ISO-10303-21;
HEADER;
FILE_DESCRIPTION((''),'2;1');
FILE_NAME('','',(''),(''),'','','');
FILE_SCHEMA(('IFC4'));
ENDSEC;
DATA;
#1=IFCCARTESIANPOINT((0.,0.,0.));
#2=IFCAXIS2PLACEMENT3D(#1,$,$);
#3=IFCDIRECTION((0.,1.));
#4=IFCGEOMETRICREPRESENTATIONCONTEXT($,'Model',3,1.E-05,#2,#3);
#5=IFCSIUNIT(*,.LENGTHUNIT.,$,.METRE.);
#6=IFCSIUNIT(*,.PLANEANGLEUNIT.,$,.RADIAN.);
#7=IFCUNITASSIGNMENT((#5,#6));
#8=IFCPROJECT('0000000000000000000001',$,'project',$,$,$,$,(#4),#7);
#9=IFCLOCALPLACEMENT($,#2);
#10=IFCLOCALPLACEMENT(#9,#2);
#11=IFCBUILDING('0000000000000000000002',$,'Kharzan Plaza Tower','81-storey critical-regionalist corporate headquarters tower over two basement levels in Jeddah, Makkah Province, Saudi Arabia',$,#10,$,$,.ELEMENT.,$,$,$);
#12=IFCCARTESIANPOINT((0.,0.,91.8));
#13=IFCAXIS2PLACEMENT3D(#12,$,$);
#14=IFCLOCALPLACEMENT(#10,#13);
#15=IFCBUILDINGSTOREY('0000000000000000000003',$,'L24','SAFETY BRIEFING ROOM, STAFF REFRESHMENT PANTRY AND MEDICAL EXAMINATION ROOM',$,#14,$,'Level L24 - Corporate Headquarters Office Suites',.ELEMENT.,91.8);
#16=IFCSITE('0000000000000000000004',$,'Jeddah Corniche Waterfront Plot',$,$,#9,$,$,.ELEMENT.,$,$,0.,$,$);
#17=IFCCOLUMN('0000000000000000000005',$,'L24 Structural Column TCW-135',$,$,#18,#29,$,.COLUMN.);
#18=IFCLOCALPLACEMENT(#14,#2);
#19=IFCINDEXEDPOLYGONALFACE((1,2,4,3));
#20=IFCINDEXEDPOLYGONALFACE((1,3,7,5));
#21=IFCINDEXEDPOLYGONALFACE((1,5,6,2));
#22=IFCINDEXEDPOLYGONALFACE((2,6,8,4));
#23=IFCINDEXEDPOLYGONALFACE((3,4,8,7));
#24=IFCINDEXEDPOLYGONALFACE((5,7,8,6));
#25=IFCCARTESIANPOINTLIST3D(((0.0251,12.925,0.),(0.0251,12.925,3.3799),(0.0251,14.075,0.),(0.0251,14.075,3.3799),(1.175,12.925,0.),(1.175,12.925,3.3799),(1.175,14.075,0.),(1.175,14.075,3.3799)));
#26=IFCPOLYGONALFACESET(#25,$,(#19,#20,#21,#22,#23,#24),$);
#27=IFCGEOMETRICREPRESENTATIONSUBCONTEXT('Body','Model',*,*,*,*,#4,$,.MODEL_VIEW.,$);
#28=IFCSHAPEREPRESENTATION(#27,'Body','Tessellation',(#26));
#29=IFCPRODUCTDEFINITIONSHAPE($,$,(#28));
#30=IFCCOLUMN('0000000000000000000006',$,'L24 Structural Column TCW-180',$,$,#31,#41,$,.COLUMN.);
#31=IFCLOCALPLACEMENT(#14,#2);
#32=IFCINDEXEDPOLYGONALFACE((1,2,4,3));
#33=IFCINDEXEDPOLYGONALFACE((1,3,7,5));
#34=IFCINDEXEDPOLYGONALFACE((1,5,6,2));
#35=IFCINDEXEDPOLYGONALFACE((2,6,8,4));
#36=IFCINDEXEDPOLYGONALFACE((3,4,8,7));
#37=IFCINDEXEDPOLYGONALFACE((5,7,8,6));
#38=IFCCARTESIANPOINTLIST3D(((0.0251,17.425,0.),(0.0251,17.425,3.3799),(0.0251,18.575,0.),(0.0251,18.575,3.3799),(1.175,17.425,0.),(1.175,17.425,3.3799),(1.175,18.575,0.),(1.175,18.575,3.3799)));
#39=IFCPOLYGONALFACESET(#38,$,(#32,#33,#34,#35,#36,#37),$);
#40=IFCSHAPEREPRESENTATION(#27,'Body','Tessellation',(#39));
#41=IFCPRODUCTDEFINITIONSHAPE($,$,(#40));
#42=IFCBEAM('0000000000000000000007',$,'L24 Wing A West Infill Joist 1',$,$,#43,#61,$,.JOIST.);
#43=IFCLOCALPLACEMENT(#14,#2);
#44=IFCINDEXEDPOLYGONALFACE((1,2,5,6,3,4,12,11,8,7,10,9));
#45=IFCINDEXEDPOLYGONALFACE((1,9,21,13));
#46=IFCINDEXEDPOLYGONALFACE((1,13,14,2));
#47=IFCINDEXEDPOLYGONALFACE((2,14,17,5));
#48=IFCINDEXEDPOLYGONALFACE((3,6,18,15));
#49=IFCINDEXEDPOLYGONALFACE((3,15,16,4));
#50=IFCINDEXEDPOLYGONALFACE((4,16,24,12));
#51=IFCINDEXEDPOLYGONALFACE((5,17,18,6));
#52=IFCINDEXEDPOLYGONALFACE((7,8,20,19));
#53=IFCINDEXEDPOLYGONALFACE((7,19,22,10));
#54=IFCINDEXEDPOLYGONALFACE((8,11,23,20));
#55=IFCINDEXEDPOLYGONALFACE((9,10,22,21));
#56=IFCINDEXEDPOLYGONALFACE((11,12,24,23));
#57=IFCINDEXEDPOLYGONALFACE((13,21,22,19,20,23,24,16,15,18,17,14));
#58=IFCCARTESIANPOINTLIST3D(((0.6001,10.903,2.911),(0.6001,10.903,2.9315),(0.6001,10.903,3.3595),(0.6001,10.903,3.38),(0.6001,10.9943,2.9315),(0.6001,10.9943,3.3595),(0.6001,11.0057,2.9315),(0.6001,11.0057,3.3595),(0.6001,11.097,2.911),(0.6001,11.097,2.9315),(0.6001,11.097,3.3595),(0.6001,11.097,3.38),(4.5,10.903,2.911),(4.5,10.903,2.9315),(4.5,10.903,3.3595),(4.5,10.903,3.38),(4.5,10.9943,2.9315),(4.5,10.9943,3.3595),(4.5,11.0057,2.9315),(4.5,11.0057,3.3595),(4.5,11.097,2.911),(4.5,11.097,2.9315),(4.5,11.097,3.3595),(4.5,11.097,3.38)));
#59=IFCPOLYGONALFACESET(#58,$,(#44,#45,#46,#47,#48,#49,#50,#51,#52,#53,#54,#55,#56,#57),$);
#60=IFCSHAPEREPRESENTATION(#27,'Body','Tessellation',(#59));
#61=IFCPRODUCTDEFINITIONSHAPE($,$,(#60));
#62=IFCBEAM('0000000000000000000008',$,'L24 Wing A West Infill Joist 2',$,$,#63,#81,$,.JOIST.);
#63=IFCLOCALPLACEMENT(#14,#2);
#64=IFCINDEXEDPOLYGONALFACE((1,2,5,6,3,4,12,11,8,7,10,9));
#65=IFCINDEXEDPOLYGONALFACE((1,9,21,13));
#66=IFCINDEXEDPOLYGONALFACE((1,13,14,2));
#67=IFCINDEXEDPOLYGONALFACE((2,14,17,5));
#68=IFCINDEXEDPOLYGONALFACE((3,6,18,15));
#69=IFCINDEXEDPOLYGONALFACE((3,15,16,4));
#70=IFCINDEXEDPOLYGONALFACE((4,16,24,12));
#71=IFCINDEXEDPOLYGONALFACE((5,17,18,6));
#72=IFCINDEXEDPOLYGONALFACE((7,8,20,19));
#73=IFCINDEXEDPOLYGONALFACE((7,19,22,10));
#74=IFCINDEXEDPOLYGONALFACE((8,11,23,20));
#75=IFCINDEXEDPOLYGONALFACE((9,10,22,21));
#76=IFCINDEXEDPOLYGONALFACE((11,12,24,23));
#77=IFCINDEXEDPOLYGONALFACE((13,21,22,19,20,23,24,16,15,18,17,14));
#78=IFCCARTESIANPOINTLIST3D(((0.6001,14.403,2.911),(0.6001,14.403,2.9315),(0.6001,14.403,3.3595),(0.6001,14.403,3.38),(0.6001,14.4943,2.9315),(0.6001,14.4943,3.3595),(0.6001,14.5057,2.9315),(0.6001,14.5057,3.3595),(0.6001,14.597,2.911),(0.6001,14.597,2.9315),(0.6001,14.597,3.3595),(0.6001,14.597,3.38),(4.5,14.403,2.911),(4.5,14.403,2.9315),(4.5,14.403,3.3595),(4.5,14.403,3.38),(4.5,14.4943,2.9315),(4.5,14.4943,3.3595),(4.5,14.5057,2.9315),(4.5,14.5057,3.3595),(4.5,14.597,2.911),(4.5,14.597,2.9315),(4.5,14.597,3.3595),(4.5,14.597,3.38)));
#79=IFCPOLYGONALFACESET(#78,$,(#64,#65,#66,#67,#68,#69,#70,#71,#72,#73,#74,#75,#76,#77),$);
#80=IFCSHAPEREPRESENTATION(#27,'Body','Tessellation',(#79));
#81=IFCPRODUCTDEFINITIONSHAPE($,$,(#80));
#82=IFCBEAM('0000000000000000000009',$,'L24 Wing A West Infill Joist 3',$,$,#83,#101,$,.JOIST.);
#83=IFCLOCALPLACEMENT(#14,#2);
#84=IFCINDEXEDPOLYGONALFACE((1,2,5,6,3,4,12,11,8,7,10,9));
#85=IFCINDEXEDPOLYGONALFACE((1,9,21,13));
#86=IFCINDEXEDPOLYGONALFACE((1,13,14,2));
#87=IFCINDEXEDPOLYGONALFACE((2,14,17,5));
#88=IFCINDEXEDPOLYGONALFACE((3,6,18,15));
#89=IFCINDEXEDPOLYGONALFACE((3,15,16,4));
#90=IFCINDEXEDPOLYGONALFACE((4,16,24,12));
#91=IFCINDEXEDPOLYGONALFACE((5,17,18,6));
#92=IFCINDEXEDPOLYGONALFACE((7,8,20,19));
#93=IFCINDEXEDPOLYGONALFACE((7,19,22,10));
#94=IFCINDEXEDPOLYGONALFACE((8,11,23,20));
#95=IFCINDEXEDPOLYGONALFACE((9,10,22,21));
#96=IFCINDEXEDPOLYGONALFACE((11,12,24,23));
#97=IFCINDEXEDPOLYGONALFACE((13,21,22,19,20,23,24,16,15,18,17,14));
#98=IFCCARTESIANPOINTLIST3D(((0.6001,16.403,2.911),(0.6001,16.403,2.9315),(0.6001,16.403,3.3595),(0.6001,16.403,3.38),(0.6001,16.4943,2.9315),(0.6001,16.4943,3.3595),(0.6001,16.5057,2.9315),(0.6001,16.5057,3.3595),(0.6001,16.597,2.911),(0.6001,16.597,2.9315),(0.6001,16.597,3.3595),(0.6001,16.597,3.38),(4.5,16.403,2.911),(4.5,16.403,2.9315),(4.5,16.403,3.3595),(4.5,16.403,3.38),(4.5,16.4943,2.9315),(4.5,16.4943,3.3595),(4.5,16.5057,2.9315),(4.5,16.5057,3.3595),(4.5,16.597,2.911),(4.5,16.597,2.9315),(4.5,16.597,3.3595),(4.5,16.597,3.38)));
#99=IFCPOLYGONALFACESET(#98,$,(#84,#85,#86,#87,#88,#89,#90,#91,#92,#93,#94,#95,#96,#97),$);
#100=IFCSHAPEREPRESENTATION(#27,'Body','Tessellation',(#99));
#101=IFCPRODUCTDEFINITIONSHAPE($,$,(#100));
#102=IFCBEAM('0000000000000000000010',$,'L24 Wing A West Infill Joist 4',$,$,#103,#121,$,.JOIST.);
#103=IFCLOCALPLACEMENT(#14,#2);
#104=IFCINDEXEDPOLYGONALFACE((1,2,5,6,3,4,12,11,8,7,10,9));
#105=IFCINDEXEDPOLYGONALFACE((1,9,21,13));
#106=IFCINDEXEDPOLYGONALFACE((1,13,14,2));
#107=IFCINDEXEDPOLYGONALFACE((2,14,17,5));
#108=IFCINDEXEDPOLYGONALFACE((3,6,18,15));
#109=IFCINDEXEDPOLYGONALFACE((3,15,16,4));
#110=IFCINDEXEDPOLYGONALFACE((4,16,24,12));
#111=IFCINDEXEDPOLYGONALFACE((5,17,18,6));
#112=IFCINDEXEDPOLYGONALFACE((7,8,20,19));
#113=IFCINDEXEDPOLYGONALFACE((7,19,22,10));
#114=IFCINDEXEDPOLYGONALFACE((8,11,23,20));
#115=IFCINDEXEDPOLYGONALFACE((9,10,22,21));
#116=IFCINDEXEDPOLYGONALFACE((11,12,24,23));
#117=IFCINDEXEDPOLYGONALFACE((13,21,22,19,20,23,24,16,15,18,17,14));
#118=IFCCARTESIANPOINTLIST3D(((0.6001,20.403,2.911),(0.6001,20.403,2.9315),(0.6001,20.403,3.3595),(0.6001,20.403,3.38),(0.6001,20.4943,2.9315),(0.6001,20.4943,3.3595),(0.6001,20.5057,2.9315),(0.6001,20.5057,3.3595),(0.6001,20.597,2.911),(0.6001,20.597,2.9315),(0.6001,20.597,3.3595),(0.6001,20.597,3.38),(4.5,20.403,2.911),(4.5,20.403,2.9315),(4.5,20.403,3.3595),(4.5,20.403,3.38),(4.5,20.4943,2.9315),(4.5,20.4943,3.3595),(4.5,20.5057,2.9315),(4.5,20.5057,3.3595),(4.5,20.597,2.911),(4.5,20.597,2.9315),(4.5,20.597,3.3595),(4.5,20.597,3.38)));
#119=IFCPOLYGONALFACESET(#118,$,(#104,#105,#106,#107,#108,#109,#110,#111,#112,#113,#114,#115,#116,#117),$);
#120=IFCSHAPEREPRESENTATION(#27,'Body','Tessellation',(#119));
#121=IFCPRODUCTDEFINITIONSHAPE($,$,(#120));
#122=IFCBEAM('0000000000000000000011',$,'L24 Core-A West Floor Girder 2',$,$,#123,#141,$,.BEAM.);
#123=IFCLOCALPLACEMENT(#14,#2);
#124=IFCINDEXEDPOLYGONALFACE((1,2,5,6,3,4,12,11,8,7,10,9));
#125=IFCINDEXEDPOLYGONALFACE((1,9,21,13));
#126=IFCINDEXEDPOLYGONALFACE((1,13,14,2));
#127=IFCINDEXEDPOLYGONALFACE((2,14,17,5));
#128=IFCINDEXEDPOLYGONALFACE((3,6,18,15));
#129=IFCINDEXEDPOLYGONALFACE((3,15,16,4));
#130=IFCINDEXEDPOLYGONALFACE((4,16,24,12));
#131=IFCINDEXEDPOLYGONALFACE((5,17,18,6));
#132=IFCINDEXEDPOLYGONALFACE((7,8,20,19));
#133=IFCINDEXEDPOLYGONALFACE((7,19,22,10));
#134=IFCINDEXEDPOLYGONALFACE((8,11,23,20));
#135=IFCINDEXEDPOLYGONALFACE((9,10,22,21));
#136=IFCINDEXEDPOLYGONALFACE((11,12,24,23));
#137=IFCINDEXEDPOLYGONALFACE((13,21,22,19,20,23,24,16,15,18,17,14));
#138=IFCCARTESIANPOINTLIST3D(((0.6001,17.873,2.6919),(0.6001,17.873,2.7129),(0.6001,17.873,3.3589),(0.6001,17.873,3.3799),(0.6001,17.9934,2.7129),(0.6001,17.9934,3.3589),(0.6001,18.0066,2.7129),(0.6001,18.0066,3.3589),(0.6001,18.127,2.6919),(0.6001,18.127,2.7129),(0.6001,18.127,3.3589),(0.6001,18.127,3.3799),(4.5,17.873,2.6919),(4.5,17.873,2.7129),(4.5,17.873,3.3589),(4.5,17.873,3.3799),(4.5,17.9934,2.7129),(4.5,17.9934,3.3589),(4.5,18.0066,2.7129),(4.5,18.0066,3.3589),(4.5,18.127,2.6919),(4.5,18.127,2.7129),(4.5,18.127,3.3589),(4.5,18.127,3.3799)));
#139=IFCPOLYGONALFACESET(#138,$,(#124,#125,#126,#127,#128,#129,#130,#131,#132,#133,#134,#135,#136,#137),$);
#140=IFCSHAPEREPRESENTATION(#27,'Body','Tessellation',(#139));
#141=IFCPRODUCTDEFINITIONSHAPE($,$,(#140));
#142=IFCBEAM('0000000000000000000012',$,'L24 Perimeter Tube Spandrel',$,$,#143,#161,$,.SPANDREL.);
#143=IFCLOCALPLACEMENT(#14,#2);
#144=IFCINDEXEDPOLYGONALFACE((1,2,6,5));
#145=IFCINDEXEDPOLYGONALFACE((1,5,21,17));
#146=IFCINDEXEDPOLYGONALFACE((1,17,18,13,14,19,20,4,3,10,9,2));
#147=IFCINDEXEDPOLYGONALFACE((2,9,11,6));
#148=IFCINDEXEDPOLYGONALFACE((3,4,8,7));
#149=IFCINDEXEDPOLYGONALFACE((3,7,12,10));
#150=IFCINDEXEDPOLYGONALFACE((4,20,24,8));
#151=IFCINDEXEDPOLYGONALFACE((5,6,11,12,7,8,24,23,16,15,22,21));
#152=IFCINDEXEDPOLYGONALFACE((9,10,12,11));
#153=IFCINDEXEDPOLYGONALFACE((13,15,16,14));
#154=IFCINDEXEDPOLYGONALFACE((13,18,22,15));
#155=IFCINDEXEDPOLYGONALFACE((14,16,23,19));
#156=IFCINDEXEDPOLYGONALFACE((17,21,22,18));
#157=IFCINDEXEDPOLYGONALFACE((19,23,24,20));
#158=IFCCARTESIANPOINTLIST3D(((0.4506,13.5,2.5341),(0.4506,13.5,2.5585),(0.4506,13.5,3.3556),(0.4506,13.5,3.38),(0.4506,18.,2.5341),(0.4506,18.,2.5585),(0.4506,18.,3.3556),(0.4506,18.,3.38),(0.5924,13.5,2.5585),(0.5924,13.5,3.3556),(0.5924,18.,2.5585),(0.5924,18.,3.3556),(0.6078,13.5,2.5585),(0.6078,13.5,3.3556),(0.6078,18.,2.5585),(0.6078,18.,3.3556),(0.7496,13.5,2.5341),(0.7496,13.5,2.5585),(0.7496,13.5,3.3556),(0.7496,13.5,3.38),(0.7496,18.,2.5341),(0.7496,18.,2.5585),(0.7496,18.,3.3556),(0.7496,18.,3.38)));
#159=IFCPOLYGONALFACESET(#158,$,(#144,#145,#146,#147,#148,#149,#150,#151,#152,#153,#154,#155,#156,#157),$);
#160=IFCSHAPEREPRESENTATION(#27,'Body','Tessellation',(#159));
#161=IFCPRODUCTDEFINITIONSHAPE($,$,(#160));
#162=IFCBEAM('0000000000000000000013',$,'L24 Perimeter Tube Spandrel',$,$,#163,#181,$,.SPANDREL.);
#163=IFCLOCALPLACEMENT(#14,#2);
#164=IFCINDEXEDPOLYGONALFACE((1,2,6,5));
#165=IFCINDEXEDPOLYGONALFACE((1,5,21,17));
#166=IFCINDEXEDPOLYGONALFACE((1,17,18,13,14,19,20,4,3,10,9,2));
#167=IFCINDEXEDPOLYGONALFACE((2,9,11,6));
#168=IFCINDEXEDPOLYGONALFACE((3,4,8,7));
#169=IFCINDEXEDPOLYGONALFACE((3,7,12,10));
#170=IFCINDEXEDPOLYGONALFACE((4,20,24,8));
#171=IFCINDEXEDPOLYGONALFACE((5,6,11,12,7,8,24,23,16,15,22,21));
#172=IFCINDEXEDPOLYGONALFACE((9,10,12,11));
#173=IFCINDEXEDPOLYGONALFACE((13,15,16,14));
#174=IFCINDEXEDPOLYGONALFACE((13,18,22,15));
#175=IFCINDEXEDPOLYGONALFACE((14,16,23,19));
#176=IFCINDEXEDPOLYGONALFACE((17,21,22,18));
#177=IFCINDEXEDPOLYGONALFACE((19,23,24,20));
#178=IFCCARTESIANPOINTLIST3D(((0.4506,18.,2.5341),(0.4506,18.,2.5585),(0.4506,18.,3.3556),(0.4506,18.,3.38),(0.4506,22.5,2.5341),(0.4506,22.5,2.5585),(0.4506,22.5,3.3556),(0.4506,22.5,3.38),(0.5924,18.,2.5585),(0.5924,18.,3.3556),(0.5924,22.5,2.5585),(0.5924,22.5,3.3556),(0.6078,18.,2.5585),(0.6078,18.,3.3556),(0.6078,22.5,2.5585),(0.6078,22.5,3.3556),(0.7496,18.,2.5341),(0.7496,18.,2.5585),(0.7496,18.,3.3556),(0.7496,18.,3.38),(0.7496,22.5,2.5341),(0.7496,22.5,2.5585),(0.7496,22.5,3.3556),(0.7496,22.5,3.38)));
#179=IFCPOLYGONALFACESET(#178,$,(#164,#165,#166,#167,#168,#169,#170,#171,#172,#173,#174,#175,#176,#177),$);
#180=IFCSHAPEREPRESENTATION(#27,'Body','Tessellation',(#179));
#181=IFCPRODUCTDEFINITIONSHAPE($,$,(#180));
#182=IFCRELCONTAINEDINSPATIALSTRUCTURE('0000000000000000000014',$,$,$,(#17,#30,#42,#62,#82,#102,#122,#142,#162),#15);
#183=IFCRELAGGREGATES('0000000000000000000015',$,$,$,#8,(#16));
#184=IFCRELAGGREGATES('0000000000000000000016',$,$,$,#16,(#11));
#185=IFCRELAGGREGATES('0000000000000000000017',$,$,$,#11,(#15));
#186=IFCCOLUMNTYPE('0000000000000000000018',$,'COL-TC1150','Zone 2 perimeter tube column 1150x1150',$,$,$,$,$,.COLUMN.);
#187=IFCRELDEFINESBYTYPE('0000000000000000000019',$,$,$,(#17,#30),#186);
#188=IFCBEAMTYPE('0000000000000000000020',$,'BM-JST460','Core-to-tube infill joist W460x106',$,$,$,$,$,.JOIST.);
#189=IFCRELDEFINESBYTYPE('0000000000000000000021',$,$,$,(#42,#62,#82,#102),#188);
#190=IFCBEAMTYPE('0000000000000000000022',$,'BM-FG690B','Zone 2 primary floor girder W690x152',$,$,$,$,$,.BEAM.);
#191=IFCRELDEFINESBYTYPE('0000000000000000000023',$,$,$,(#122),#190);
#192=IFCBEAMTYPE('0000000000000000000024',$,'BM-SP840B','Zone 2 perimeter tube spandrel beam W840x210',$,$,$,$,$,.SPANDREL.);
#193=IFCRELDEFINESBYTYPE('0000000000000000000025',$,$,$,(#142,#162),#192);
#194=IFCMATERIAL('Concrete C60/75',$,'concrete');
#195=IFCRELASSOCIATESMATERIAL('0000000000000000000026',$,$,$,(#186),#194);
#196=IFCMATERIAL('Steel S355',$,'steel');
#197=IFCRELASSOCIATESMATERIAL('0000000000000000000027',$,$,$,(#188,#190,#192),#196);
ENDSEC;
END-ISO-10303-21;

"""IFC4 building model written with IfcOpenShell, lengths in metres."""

from ifc_helpers import new_model, si_unit, direction, frame, origin, origin_2d, place, context, subcontext, project, spatial, rectangle, i_section, extrude, source, transform, mapped, material, material_profile, profile_set, type_object, element, save


model = new_model("IFC4")

# Units and contexts
model_context = context("Model", 3, precision=1e-05, world=origin(), true_north=direction((0.0, 1.0)))
body_context = subcontext(model_context, "Body", "Model", "MODEL_VIEW")
ifc_project = project(units=[si_unit("LENGTHUNIT", "METRE"), si_unit("PLANEANGLEUNIT", "RADIAN")], contexts=[model_context])

# Site, building, storey
site_placement = place(None, origin())
site = spatial("IfcSite", under=ifc_project, at=site_placement, Name="Jeddah Corniche Waterfront Plot", CompositionType="ELEMENT", RefElevation=0.0)
building_placement = place(site_placement, origin())
building = spatial("IfcBuilding", under=site, at=building_placement, Name="Kharzan Plaza Tower", Description="81-storey critical-regionalist corporate headquarters tower over two basement levels in Jeddah, Makkah Province, Saudi Arabia", CompositionType="ELEMENT")
storey_placement = place(building_placement, frame((0.0, 0.0, 91.8)))
storey = spatial("IfcBuildingStorey", under=building, at=storey_placement, Name="L24", Description="SAFETY BRIEFING ROOM, STAFF REFRESHMENT PANTRY AND MEDICAL EXAMINATION ROOM", LongName="Level L24 - Corporate Headquarters Office Suites", CompositionType="ELEMENT", Elevation=91.8)

# Columns
ifc_material_1 = material(Name="Concrete C60/75", Category="concrete")
ifc_material_profile_1 = material_profile(ifc_material_1, rectangle(XDim=1.1499, YDim=1.1499, at=origin_2d()), Name="RC-TC1150x1150")
ifc_profile_set_1 = profile_set([ifc_material_profile_1], Name="Concrete C60/75")
column_type = type_object("IfcColumnType", Name="COL-TC1150", Description="Zone 2 perimeter tube column 1150x1150", PredefinedType="COLUMN", material=ifc_profile_set_1)
shared_shape_1 = source(origin(), body_context, "Body", "SweptSolid", [
    extrude(rectangle(XDim=1.1499, YDim=1.1499, at=origin_2d()), origin(), (0.0, 0.0, 1.0), 3.3799),
])
for number, where, z_axis, x_axis, name in (
    (1, (0.6001, 13.5, 0.0), (0.0, 0.0, 1.0), (1.0, 0.0, 0.0), "L24 Structural Column TCW-135"),
    (2, (0.6001, 18.0, 0.0), (0.0, 0.0, 1.0), (1.0, 0.0, 0.0), "L24 Structural Column TCW-180"),
):
    element("IfcColumn", number, at=place(storey_placement, frame(where, z_axis=z_axis, x_axis=x_axis)), inside=storey, type_object=column_type, Name=name, PredefinedType="COLUMN", context=body_context, shape_type="MappedRepresentation", body=[
        mapped(shared_shape_1, transform((0.0, 0.0, 0.0), x_axis=(1.0, 0.0, 0.0), y_axis=(0.0, 1.0, 0.0), z_axis=(0.0, 0.0, 1.0))),
    ])

# Beams
ifc_material_2 = material(Name="Steel S355", Category="steel")
ifc_material_profile_2 = material_profile(ifc_material_2, i_section(OverallWidth=0.1941, OverallDepth=0.469, WebThickness=0.0115, FlangeThickness=0.0205, at=origin_2d()), Name="W460x106")
ifc_profile_set_2 = profile_set([ifc_material_profile_2], Name="Steel S355")
beam_type_1 = type_object("IfcBeamType", Name="BM-JST460", Description="Core-to-tube infill joist W460x106", PredefinedType="JOIST", material=ifc_profile_set_2)
shared_shape_2 = source(origin(), body_context, "Body", "SweptSolid", [
    extrude(i_section(OverallWidth=0.1941, OverallDepth=0.469, WebThickness=0.0115, FlangeThickness=0.0205, at=origin_2d()), origin(), (0.0, 0.0, 1.0), 3.8999),
])
for number, where, z_axis, x_axis, name in (
    (3, (0.6001, 11.0, 3.1455), (1.0, 0.0, 0.0), (0.0, 1.0, 0.0), "L24 Wing A West Infill Joist 1"),
    (4, (0.6001, 14.5, 3.1455), (1.0, 0.0, 0.0), (0.0, 1.0, 0.0), "L24 Wing A West Infill Joist 2"),
    (5, (0.6001, 16.5, 3.1455), (1.0, 0.0, 0.0), (0.0, 1.0, 0.0), "L24 Wing A West Infill Joist 3"),
    (6, (0.6001, 20.5, 3.1455), (1.0, 0.0, 0.0), (0.0, 1.0, 0.0), "L24 Wing A West Infill Joist 4"),
):
    element("IfcBeam", number, at=place(storey_placement, frame(where, z_axis=z_axis, x_axis=x_axis)), inside=storey, type_object=beam_type_1, Name=name, PredefinedType="JOIST", context=body_context, shape_type="MappedRepresentation", body=[
        mapped(shared_shape_2, transform((0.0, 0.0, 0.0), x_axis=(1.0, 0.0, 0.0), y_axis=(0.0, 1.0, 0.0), z_axis=(0.0, 0.0, 1.0))),
    ])
ifc_material_profile_3 = material_profile(ifc_material_2, i_section(OverallWidth=0.2539, OverallDepth=0.688, WebThickness=0.0132, FlangeThickness=0.021, at=origin_2d()), Name="W690x152")
ifc_profile_set_3 = profile_set([ifc_material_profile_3], Name="Steel S355")
beam_type_2 = type_object("IfcBeamType", Name="BM-FG690B", Description="Zone 2 primary floor girder W690x152", PredefinedType="BEAM", material=ifc_profile_set_3)
shared_shape_3 = source(origin(), body_context, "Body", "SweptSolid", [
    extrude(i_section(OverallWidth=0.2539, OverallDepth=0.688, WebThickness=0.0132, FlangeThickness=0.021, at=origin_2d()), origin(), (0.0, 0.0, 1.0), 3.8999),
])
beam_placement = place(storey_placement, frame((0.6001, 18.0, 3.0359), z_axis=(1.0, 0.0, 0.0), x_axis=(0.0, 1.0, 0.0)))
element("IfcBeam", 7, at=beam_placement, inside=storey, type_object=beam_type_2, Name="L24 Core-A West Floor Girder 2", PredefinedType="BEAM", context=body_context, shape_type="MappedRepresentation", body=[
    mapped(shared_shape_3, transform((0.0, 0.0, 0.0), x_axis=(1.0, 0.0, 0.0), y_axis=(0.0, 1.0, 0.0), z_axis=(0.0, 0.0, 1.0))),
])
ifc_material_profile_4 = material_profile(ifc_material_2, i_section(OverallWidth=0.2991, OverallDepth=0.8459, WebThickness=0.0154, FlangeThickness=0.0244, at=origin_2d()), Name="W840x210")
ifc_profile_set_4 = profile_set([ifc_material_profile_4], Name="Steel S355")
beam_type_3 = type_object("IfcBeamType", Name="BM-SP840B", Description="Zone 2 perimeter tube spandrel beam W840x210", PredefinedType="SPANDREL", material=ifc_profile_set_4)
shared_shape_4 = source(origin(), body_context, "Body", "SweptSolid", [
    extrude(i_section(OverallWidth=0.2991, OverallDepth=0.8459, WebThickness=0.0154, FlangeThickness=0.0244, at=origin_2d()), origin(), (0.0, 0.0, 1.0), 4.5),
])
for number, where, z_axis, x_axis, name in (
    (8, (0.6001, 13.5, 2.957), (0.0, 1.0, 0.0), (-1.0, 0.0, 0.0), "L24 Perimeter Tube Spandrel"),
    (9, (0.6001, 18.0, 2.957), (0.0, 1.0, 0.0), (-1.0, 0.0, 0.0), "L24 Perimeter Tube Spandrel"),
):
    element("IfcBeam", number, at=place(storey_placement, frame(where, z_axis=z_axis, x_axis=x_axis)), inside=storey, type_object=beam_type_3, Name=name, PredefinedType="SPANDREL", context=body_context, shape_type="MappedRepresentation", body=[
        mapped(shared_shape_4, transform((0.0, 0.0, 0.0), x_axis=(1.0, 0.0, 0.0), y_axis=(0.0, 1.0, 0.0), z_axis=(0.0, 0.0, 1.0))),
    ])

save(model, "model.ifc")
